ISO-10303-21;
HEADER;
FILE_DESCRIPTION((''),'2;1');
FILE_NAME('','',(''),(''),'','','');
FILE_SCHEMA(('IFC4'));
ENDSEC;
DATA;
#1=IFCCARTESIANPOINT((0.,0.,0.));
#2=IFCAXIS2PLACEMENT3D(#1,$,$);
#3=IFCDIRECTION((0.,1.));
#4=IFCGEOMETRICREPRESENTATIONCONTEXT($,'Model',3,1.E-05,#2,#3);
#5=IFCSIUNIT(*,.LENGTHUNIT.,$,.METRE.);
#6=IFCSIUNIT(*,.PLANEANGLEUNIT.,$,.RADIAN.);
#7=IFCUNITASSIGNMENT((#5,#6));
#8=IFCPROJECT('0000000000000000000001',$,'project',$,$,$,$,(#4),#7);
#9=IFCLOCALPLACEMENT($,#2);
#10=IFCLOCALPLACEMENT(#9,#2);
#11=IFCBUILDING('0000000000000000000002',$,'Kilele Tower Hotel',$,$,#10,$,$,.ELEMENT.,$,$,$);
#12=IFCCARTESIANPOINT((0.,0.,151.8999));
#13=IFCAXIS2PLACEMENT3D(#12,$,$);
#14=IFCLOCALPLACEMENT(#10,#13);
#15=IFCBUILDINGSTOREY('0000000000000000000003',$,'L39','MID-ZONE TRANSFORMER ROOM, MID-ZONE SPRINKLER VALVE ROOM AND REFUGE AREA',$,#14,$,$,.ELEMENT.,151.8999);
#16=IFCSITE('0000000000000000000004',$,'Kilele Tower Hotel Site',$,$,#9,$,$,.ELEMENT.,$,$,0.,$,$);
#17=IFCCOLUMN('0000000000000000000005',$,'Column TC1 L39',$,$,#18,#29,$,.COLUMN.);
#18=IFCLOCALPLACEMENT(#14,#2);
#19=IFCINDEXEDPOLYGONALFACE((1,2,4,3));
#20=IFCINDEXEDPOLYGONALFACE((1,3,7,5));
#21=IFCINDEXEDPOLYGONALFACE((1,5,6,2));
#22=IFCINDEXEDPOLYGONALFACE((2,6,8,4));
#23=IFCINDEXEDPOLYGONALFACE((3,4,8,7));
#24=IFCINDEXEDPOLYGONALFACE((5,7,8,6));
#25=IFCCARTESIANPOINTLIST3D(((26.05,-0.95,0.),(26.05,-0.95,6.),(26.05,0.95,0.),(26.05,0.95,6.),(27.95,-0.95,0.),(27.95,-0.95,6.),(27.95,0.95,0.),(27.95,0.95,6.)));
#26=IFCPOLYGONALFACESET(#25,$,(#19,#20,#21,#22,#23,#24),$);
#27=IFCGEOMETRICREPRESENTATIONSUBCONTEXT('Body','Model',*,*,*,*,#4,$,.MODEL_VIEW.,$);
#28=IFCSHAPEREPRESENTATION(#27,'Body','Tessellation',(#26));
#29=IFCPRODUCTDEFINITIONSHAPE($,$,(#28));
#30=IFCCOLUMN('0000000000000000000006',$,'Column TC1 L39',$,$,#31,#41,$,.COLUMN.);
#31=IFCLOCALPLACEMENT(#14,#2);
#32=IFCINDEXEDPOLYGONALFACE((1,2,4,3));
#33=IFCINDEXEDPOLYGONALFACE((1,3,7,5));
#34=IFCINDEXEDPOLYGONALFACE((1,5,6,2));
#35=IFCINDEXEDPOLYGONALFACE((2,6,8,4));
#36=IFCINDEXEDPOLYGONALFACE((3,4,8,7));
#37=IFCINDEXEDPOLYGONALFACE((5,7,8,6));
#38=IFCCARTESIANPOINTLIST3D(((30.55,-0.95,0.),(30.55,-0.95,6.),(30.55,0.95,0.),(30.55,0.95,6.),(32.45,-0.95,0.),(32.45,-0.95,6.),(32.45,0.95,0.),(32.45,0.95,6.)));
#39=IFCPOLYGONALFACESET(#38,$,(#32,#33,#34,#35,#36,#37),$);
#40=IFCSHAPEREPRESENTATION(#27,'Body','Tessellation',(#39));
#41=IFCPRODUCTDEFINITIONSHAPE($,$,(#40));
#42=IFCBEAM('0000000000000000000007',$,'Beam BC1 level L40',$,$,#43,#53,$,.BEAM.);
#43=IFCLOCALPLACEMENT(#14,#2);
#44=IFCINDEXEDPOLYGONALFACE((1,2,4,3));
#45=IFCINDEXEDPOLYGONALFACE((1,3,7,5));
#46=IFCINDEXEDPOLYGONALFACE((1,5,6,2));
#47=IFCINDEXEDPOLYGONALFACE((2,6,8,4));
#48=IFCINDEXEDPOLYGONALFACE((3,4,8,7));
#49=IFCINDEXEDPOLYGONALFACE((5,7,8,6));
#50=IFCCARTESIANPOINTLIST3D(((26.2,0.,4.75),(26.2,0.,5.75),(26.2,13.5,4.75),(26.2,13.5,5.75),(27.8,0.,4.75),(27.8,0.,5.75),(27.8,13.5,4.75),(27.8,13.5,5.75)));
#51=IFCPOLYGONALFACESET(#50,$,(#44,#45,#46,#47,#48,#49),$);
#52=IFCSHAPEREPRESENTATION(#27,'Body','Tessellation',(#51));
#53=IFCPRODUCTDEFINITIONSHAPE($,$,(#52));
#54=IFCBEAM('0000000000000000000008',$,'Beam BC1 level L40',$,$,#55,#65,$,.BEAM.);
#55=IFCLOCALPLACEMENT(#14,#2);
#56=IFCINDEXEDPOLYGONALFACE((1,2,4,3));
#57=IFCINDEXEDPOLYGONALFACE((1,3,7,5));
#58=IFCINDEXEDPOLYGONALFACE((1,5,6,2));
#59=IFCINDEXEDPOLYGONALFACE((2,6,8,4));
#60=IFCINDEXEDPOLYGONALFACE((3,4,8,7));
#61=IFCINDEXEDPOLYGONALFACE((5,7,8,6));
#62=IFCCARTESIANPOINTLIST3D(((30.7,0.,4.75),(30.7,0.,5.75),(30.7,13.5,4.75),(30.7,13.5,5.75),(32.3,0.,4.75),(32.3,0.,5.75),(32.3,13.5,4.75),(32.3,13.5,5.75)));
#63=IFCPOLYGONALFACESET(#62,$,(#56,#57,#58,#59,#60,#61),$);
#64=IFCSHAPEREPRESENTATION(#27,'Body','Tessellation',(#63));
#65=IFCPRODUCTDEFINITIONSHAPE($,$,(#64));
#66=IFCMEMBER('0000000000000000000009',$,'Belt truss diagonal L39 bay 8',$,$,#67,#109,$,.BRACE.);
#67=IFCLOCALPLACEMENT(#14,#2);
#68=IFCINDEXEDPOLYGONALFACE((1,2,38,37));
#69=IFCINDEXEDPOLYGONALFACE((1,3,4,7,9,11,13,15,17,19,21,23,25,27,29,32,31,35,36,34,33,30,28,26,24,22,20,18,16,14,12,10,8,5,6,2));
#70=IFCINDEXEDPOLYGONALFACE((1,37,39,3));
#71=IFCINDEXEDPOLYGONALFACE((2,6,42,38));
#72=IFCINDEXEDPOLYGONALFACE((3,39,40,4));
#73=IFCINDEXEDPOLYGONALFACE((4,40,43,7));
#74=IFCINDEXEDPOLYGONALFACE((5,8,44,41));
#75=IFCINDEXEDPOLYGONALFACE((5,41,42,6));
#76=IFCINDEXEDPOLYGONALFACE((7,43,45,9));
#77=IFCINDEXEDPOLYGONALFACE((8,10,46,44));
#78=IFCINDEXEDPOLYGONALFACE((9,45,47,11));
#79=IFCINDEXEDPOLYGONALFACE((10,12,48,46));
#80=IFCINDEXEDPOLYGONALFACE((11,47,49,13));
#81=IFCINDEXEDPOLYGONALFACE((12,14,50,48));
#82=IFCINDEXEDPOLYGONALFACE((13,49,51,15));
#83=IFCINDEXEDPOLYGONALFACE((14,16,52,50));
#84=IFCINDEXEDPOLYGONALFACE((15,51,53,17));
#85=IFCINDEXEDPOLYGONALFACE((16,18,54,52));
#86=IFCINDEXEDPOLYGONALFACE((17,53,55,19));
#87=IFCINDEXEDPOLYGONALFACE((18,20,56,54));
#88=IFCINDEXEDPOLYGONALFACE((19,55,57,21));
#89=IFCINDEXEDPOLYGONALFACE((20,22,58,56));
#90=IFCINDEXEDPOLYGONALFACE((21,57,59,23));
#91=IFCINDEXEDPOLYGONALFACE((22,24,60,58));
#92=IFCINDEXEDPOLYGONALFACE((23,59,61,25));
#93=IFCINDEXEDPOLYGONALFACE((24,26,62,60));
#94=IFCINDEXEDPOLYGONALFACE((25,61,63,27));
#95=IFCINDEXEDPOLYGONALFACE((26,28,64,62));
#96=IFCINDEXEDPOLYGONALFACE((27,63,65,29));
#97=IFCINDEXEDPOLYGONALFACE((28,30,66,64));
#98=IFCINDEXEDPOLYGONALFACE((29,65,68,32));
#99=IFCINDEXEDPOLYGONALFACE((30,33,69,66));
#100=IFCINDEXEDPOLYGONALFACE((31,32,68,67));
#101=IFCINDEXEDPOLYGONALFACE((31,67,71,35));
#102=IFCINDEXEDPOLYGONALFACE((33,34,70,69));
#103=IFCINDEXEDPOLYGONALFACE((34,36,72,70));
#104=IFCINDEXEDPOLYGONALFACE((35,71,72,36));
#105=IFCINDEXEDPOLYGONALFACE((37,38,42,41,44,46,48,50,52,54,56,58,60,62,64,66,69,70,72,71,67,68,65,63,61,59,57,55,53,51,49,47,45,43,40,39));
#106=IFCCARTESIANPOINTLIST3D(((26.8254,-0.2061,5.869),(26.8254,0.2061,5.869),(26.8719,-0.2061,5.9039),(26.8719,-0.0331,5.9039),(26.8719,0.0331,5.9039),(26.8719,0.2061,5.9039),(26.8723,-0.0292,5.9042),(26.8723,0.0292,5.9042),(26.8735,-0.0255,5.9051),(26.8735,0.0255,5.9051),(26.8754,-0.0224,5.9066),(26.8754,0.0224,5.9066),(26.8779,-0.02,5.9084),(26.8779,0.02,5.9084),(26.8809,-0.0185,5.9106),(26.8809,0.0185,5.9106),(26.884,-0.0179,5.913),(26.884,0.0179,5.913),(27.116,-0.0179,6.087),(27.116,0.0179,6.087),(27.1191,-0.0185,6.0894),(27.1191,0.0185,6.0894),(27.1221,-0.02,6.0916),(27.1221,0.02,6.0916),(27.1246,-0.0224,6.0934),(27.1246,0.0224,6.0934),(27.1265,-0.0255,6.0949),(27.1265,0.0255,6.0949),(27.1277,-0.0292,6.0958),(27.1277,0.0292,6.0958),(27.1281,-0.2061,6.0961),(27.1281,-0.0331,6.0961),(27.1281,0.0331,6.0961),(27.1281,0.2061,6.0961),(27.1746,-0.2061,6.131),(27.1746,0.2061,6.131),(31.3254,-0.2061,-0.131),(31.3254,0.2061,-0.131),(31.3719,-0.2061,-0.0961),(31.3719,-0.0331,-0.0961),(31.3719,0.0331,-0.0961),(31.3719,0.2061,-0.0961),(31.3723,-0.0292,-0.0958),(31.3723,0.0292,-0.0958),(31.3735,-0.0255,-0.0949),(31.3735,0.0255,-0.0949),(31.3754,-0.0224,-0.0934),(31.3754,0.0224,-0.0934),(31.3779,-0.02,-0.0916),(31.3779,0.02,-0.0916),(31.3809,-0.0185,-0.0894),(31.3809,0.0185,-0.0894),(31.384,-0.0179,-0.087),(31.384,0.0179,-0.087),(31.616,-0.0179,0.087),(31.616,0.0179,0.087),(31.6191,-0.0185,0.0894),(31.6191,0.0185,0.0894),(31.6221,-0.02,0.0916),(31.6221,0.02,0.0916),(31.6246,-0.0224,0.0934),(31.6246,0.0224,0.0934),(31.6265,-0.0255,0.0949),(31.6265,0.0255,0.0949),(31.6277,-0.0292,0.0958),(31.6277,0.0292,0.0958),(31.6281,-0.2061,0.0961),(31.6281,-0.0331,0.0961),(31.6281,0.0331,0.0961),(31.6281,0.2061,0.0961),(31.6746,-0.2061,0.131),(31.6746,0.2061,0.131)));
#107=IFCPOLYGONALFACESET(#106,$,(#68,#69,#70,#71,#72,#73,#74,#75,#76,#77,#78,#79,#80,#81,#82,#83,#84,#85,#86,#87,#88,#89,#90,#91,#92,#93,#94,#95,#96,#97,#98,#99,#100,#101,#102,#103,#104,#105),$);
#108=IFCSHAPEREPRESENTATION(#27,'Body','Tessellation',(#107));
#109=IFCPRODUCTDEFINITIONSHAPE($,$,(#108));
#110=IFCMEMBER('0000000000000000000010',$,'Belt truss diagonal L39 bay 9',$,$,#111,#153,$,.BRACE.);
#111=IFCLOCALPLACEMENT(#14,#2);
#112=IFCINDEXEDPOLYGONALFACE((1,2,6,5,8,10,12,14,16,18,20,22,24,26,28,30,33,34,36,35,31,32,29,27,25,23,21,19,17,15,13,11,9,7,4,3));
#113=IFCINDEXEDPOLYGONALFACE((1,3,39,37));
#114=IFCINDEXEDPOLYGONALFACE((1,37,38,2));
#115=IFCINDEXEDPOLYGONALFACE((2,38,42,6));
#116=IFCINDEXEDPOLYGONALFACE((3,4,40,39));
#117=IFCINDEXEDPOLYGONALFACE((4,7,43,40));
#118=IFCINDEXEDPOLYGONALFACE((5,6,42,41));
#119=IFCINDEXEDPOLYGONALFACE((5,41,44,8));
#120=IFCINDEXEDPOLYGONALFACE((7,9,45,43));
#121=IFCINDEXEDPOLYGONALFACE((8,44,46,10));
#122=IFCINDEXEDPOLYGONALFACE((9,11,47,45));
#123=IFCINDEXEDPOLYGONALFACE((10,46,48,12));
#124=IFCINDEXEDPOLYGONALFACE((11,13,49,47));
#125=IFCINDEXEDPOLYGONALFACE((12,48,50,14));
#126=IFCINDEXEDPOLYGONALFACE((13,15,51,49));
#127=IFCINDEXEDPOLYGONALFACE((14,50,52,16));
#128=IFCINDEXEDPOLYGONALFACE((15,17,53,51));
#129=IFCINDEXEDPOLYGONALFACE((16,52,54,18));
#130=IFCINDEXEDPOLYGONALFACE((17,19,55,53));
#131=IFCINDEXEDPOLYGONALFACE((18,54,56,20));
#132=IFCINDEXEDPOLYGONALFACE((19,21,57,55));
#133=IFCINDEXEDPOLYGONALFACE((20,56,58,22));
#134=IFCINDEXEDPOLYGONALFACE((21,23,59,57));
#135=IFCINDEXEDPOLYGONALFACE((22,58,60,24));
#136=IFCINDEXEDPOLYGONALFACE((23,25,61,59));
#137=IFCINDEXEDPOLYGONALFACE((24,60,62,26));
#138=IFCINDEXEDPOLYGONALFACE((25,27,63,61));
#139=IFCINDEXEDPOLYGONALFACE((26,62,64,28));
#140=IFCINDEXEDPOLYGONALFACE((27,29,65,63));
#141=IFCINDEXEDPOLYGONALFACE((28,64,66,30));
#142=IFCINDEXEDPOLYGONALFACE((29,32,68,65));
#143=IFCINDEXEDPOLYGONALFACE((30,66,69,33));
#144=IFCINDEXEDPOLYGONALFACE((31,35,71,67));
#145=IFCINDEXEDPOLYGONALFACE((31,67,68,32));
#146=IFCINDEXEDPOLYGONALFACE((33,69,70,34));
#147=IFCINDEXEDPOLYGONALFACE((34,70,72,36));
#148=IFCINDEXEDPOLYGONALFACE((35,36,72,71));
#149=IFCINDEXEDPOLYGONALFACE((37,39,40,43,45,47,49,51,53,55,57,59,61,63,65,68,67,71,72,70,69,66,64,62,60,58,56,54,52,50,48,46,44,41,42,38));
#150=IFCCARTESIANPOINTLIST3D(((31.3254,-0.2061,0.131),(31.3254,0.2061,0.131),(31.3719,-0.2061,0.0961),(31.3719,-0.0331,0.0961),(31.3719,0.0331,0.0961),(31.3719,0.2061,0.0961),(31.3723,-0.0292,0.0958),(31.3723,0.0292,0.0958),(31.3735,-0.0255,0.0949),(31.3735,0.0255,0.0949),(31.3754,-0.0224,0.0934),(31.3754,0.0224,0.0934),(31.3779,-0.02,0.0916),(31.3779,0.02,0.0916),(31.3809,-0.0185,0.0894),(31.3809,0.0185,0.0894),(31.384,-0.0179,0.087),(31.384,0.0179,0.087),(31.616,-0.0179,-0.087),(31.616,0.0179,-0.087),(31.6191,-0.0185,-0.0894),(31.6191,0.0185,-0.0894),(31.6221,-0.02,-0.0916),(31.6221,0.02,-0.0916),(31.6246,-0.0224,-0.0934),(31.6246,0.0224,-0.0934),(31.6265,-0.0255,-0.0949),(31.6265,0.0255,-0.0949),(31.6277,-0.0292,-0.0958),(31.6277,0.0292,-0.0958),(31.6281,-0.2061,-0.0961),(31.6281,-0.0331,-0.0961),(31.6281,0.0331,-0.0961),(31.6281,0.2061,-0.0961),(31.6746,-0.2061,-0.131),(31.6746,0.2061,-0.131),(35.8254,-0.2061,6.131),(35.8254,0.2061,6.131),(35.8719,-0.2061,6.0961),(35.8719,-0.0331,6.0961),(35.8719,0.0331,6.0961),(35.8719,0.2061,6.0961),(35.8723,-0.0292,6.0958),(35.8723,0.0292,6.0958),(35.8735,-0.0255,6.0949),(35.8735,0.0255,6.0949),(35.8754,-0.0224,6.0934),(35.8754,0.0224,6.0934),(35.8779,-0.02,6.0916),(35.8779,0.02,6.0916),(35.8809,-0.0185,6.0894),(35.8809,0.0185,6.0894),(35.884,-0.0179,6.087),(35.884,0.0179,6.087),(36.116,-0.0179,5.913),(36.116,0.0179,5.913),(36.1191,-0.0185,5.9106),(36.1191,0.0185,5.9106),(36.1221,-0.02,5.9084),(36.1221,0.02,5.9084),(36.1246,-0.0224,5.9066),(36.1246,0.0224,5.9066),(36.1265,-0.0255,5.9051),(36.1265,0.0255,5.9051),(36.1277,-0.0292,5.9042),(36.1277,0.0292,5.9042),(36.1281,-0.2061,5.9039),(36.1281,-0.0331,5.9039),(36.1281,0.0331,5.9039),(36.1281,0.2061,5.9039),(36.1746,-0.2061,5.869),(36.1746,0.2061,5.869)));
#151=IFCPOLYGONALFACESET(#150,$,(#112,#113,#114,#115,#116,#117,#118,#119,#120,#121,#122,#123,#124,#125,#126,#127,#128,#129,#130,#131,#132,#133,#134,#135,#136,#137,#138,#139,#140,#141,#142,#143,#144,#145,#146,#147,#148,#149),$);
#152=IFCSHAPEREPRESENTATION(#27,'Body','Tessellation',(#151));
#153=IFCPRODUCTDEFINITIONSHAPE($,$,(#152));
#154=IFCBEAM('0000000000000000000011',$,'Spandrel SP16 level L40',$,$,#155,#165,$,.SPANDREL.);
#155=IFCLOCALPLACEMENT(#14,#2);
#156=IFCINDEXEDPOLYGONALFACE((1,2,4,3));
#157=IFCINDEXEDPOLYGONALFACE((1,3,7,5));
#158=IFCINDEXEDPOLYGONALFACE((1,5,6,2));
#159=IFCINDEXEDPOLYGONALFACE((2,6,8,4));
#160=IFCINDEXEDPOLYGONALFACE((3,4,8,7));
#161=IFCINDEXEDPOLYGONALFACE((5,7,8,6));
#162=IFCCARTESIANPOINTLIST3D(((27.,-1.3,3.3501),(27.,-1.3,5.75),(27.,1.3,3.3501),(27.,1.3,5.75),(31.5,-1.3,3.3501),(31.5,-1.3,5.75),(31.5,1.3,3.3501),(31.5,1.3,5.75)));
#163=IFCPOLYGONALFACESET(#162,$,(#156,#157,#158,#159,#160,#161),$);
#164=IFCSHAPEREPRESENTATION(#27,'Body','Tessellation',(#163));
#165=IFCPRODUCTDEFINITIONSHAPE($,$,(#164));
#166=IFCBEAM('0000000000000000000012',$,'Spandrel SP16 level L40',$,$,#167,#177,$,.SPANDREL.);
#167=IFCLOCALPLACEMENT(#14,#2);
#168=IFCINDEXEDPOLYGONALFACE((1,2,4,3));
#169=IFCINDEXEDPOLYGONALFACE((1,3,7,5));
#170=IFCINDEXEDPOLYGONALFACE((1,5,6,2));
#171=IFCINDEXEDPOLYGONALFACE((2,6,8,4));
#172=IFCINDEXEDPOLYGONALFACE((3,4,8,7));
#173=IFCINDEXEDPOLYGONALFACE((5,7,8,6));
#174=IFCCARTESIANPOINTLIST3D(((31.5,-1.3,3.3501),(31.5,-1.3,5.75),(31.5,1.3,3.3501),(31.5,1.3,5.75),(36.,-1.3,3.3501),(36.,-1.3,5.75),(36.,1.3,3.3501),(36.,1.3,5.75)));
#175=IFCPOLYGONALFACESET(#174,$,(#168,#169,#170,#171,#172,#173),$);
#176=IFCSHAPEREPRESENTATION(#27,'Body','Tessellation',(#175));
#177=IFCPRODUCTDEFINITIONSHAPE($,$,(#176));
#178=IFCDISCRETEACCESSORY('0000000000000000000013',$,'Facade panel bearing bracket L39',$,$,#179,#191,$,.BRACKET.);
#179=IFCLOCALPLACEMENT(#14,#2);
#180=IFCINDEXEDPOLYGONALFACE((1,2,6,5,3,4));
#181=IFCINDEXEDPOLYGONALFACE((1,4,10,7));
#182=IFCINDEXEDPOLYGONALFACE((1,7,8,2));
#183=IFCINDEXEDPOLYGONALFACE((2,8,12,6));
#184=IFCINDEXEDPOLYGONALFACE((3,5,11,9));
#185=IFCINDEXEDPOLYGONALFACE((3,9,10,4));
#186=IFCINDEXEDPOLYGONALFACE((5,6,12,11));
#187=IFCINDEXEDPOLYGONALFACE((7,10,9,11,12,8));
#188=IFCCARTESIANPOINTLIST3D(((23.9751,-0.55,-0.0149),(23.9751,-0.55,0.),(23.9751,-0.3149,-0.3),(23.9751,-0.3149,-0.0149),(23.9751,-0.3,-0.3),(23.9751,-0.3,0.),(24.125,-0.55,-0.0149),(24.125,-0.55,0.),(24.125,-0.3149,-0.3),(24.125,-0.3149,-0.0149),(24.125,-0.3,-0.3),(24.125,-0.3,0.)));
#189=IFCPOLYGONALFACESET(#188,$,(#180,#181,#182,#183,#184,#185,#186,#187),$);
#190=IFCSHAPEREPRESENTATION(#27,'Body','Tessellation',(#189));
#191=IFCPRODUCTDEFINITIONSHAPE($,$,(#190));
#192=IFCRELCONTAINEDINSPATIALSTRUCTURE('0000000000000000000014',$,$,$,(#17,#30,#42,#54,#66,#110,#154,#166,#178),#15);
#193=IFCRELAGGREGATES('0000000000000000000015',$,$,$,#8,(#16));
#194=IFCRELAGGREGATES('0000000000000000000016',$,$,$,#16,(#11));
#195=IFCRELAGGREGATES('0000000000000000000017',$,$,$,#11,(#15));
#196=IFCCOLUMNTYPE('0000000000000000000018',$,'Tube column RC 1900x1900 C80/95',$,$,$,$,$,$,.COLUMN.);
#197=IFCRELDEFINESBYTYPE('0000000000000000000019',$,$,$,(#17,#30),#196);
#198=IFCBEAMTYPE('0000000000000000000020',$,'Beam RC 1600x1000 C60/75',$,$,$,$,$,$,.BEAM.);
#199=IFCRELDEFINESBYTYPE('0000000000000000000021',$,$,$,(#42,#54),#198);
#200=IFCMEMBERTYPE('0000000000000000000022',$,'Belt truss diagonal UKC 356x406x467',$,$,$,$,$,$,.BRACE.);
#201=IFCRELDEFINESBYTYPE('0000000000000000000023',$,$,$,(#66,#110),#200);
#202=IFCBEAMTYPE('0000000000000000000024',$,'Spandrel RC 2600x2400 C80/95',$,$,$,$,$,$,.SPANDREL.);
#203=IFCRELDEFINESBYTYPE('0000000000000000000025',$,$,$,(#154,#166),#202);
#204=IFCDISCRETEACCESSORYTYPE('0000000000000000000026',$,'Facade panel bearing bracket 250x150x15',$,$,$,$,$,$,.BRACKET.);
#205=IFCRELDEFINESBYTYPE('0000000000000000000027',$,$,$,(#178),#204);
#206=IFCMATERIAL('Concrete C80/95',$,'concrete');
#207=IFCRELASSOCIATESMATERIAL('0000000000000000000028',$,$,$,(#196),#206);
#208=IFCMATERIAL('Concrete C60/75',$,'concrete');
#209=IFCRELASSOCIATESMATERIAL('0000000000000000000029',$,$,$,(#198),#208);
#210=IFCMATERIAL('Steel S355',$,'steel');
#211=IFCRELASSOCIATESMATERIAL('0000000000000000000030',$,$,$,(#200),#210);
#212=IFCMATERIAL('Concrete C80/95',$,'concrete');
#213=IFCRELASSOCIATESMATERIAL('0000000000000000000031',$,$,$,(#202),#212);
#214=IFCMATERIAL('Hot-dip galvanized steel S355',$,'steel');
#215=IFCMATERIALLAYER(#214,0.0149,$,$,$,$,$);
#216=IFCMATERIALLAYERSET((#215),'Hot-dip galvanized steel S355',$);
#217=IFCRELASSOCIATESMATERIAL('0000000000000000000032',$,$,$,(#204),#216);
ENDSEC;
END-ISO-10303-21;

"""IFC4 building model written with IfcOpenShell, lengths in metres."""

from ifc_helpers import new_model, si_unit, direction, frame, origin, origin_2d, place, context, subcontext, project, spatial, polyline, rectangle, i_section, outline, extrude, source, transform, mapped, material, layer, layer_set, material_profile, profile_set, type_object, element, save


model = new_model("IFC4")

# Units and contexts
model_context = context("Model", 3, precision=1e-05, world=origin(), true_north=direction((0.0, 1.0)))
body_context = subcontext(model_context, "Body", "Model", "MODEL_VIEW")
ifc_project = project(units=[si_unit("LENGTHUNIT", "METRE"), si_unit("PLANEANGLEUNIT", "RADIAN")], contexts=[model_context])

# Site, building, storey
site_placement = place(None, origin())
site = spatial("IfcSite", under=ifc_project, at=site_placement, Name="Kilele Tower Hotel Site", CompositionType="ELEMENT", RefElevation=0.0)
building_placement = place(site_placement, origin())
building = spatial("IfcBuilding", under=site, at=building_placement, Name="Kilele Tower Hotel", CompositionType="ELEMENT")
storey_placement = place(building_placement, frame((0.0, 0.0, 151.8999)))
storey = spatial("IfcBuildingStorey", under=building, at=storey_placement, Name="L39", Description="MID-ZONE TRANSFORMER ROOM, MID-ZONE SPRINKLER VALVE ROOM AND REFUGE AREA", CompositionType="ELEMENT", Elevation=151.8999)

# Columns
ifc_material_1 = material(Name="Concrete C80/95", Category="concrete")
ifc_material_profile_1 = material_profile(ifc_material_1, rectangle(XDim=1.8999, YDim=1.8999, at=origin_2d()))
ifc_profile_set_1 = profile_set([ifc_material_profile_1], Name="Concrete C80/95")
column_type = type_object("IfcColumnType", Name="Tube column RC 1900x1900 C80/95", PredefinedType="COLUMN", material=ifc_profile_set_1)
for number, where, z_axis, x_axis, name in (
    (1, (27.0, 0.0, 0.0), (0.0, 0.0, 1.0), (1.0, 0.0, 0.0), "Column TC1 L39"),
    (2, (31.5, 0.0, 0.0), (0.0, 0.0, 1.0), (1.0, 0.0, 0.0), "Column TC1 L39"),
):
    element("IfcColumn", number, at=place(storey_placement, frame(where, z_axis=z_axis, x_axis=x_axis)), inside=storey, type_object=column_type, Name=name, PredefinedType="COLUMN", context=body_context, shape_type="SweptSolid", body=[
        extrude(rectangle(XDim=1.8999, YDim=1.8999, at=origin_2d()), origin(), (0.0, 0.0, 1.0), 6.0),
    ])

# Beams
ifc_material_2 = material(Name="Concrete C60/75", Category="concrete")
ifc_material_profile_2 = material_profile(ifc_material_2, rectangle(XDim=1.6001, YDim=1.0, at=origin_2d()))
ifc_profile_set_2 = profile_set([ifc_material_profile_2], Name="Concrete C60/75")
beam_type_1 = type_object("IfcBeamType", Name="Beam RC 1600x1000 C60/75", PredefinedType="BEAM", material=ifc_profile_set_2)
for number, where, z_axis, x_axis, name in (
    (3, (27.0, 0.0, 5.25), (0.0, 1.0, 0.0), (-1.0, 0.0, 0.0), "Beam BC1 level L40"),
    (4, (31.5, 0.0, 5.25), (0.0, 1.0, 0.0), (-1.0, 0.0, 0.0), "Beam BC1 level L40"),
):
    element("IfcBeam", number, at=place(storey_placement, frame(where, z_axis=z_axis, x_axis=x_axis)), inside=storey, type_object=beam_type_1, Name=name, PredefinedType="BEAM", context=body_context, shape_type="SweptSolid", body=[
        extrude(rectangle(XDim=1.6001, YDim=1.0, at=origin_2d()), origin(), (0.0, 0.0, 1.0), 13.5),
    ])

# Members
ifc_material_3 = material(Name="Steel S355", Category="steel")
ifc_material_profile_3 = material_profile(ifc_material_3, i_section(OverallWidth=0.4121, OverallDepth=0.4365, WebThickness=0.0359, FlangeThickness=0.0581, FilletRadius=0.0151, at=origin_2d()))
ifc_profile_set_3 = profile_set([ifc_material_profile_3], Name="Steel S355")
member_type = type_object("IfcMemberType", Name="Belt truss diagonal UKC 356x406x467", PredefinedType="BRACE", material=ifc_profile_set_3)
for number, where, z_axis, x_axis, name in (
    (5, (27.0, 0.0, 6.0), (0.6, 0.0, -0.8), (0.0, 1.0, 0.0), "Belt truss diagonal L39 bay 8"),
    (6, (31.5, 0.0, 0.0), (0.6, 0.0, 0.8), (0.0, 1.0, 0.0), "Belt truss diagonal L39 bay 9"),
):
    element("IfcMember", number, at=place(storey_placement, frame(where, z_axis=z_axis, x_axis=x_axis)), inside=storey, type_object=member_type, Name=name, PredefinedType="BRACE", context=body_context, shape_type="SweptSolid", body=[
        extrude(i_section(OverallWidth=0.4121, OverallDepth=0.4365, WebThickness=0.0359, FlangeThickness=0.0581, FilletRadius=0.0151, at=origin_2d()), origin(), (0.0, 0.0, 1.0), 7.5),
    ])

# Beams
ifc_material_4 = material(Name="Concrete C80/95", Category="concrete")
ifc_material_profile_4 = material_profile(ifc_material_4, rectangle(XDim=2.6001, YDim=2.3999, at=origin_2d()))
ifc_profile_set_4 = profile_set([ifc_material_profile_4], Name="Concrete C80/95")
beam_type_2 = type_object("IfcBeamType", Name="Spandrel RC 2600x2400 C80/95", PredefinedType="SPANDREL", material=ifc_profile_set_4)
for number, where, z_axis, x_axis, name in (
    (7, (27.0, 0.0, 4.55), (1.0, 0.0, 0.0), (0.0, 1.0, 0.0), "Spandrel SP16 level L40"),
    (8, (31.5, 0.0, 4.55), (1.0, 0.0, 0.0), (0.0, 1.0, 0.0), "Spandrel SP16 level L40"),
):
    element("IfcBeam", number, at=place(storey_placement, frame(where, z_axis=z_axis, x_axis=x_axis)), inside=storey, type_object=beam_type_2, Name=name, PredefinedType="SPANDREL", context=body_context, shape_type="SweptSolid", body=[
        extrude(rectangle(XDim=2.6001, YDim=2.3999, at=origin_2d()), origin(), (0.0, 0.0, 1.0), 4.5),
    ])

# Discrete accessory
ifc_material_5 = material(Name="Hot-dip galvanized steel S355", Category="steel")
ifc_layer_1 = layer(ifc_material_5, 0.0149)
ifc_layer_set_1 = layer_set([ifc_layer_1], Name="Hot-dip galvanized steel S355")
discrete_accessory_type_1 = type_object("IfcDiscreteAccessoryType", Name="Facade panel bearing bracket 250x150x15", PredefinedType="BRACKET", material=ifc_layer_set_1)
shared_shape_1 = source(origin(), body_context, "Body", "SweptSolid", [
    extrude(outline(polyline([(0.0, 0.0), (0.25, 0.0), (0.25, -0.0149), (0.0149, -0.0149), (0.0149, -0.3), (0.0, -0.3), (0.0, 0.0)])), origin(), (0.0, 0.0, 1.0), 0.1499),
])
for number, where, z_axis, x_axis, name in (
    (9, (24.125, -0.3, 0.0), (-1.0, 0.0, 0.0), (0.0, -1.0, 0.0), "Facade panel bearing bracket L39"),
):
    element("IfcDiscreteAccessory", number, at=place(storey_placement, frame(where, z_axis=z_axis, x_axis=x_axis)), inside=storey, type_object=discrete_accessory_type_1, Name=name, PredefinedType="BRACKET", context=body_context, shape_type="MappedRepresentation", body=[
        mapped(shared_shape_1, transform((0.0, 0.0, 0.0))),
    ])

save(model, "model.ifc")
